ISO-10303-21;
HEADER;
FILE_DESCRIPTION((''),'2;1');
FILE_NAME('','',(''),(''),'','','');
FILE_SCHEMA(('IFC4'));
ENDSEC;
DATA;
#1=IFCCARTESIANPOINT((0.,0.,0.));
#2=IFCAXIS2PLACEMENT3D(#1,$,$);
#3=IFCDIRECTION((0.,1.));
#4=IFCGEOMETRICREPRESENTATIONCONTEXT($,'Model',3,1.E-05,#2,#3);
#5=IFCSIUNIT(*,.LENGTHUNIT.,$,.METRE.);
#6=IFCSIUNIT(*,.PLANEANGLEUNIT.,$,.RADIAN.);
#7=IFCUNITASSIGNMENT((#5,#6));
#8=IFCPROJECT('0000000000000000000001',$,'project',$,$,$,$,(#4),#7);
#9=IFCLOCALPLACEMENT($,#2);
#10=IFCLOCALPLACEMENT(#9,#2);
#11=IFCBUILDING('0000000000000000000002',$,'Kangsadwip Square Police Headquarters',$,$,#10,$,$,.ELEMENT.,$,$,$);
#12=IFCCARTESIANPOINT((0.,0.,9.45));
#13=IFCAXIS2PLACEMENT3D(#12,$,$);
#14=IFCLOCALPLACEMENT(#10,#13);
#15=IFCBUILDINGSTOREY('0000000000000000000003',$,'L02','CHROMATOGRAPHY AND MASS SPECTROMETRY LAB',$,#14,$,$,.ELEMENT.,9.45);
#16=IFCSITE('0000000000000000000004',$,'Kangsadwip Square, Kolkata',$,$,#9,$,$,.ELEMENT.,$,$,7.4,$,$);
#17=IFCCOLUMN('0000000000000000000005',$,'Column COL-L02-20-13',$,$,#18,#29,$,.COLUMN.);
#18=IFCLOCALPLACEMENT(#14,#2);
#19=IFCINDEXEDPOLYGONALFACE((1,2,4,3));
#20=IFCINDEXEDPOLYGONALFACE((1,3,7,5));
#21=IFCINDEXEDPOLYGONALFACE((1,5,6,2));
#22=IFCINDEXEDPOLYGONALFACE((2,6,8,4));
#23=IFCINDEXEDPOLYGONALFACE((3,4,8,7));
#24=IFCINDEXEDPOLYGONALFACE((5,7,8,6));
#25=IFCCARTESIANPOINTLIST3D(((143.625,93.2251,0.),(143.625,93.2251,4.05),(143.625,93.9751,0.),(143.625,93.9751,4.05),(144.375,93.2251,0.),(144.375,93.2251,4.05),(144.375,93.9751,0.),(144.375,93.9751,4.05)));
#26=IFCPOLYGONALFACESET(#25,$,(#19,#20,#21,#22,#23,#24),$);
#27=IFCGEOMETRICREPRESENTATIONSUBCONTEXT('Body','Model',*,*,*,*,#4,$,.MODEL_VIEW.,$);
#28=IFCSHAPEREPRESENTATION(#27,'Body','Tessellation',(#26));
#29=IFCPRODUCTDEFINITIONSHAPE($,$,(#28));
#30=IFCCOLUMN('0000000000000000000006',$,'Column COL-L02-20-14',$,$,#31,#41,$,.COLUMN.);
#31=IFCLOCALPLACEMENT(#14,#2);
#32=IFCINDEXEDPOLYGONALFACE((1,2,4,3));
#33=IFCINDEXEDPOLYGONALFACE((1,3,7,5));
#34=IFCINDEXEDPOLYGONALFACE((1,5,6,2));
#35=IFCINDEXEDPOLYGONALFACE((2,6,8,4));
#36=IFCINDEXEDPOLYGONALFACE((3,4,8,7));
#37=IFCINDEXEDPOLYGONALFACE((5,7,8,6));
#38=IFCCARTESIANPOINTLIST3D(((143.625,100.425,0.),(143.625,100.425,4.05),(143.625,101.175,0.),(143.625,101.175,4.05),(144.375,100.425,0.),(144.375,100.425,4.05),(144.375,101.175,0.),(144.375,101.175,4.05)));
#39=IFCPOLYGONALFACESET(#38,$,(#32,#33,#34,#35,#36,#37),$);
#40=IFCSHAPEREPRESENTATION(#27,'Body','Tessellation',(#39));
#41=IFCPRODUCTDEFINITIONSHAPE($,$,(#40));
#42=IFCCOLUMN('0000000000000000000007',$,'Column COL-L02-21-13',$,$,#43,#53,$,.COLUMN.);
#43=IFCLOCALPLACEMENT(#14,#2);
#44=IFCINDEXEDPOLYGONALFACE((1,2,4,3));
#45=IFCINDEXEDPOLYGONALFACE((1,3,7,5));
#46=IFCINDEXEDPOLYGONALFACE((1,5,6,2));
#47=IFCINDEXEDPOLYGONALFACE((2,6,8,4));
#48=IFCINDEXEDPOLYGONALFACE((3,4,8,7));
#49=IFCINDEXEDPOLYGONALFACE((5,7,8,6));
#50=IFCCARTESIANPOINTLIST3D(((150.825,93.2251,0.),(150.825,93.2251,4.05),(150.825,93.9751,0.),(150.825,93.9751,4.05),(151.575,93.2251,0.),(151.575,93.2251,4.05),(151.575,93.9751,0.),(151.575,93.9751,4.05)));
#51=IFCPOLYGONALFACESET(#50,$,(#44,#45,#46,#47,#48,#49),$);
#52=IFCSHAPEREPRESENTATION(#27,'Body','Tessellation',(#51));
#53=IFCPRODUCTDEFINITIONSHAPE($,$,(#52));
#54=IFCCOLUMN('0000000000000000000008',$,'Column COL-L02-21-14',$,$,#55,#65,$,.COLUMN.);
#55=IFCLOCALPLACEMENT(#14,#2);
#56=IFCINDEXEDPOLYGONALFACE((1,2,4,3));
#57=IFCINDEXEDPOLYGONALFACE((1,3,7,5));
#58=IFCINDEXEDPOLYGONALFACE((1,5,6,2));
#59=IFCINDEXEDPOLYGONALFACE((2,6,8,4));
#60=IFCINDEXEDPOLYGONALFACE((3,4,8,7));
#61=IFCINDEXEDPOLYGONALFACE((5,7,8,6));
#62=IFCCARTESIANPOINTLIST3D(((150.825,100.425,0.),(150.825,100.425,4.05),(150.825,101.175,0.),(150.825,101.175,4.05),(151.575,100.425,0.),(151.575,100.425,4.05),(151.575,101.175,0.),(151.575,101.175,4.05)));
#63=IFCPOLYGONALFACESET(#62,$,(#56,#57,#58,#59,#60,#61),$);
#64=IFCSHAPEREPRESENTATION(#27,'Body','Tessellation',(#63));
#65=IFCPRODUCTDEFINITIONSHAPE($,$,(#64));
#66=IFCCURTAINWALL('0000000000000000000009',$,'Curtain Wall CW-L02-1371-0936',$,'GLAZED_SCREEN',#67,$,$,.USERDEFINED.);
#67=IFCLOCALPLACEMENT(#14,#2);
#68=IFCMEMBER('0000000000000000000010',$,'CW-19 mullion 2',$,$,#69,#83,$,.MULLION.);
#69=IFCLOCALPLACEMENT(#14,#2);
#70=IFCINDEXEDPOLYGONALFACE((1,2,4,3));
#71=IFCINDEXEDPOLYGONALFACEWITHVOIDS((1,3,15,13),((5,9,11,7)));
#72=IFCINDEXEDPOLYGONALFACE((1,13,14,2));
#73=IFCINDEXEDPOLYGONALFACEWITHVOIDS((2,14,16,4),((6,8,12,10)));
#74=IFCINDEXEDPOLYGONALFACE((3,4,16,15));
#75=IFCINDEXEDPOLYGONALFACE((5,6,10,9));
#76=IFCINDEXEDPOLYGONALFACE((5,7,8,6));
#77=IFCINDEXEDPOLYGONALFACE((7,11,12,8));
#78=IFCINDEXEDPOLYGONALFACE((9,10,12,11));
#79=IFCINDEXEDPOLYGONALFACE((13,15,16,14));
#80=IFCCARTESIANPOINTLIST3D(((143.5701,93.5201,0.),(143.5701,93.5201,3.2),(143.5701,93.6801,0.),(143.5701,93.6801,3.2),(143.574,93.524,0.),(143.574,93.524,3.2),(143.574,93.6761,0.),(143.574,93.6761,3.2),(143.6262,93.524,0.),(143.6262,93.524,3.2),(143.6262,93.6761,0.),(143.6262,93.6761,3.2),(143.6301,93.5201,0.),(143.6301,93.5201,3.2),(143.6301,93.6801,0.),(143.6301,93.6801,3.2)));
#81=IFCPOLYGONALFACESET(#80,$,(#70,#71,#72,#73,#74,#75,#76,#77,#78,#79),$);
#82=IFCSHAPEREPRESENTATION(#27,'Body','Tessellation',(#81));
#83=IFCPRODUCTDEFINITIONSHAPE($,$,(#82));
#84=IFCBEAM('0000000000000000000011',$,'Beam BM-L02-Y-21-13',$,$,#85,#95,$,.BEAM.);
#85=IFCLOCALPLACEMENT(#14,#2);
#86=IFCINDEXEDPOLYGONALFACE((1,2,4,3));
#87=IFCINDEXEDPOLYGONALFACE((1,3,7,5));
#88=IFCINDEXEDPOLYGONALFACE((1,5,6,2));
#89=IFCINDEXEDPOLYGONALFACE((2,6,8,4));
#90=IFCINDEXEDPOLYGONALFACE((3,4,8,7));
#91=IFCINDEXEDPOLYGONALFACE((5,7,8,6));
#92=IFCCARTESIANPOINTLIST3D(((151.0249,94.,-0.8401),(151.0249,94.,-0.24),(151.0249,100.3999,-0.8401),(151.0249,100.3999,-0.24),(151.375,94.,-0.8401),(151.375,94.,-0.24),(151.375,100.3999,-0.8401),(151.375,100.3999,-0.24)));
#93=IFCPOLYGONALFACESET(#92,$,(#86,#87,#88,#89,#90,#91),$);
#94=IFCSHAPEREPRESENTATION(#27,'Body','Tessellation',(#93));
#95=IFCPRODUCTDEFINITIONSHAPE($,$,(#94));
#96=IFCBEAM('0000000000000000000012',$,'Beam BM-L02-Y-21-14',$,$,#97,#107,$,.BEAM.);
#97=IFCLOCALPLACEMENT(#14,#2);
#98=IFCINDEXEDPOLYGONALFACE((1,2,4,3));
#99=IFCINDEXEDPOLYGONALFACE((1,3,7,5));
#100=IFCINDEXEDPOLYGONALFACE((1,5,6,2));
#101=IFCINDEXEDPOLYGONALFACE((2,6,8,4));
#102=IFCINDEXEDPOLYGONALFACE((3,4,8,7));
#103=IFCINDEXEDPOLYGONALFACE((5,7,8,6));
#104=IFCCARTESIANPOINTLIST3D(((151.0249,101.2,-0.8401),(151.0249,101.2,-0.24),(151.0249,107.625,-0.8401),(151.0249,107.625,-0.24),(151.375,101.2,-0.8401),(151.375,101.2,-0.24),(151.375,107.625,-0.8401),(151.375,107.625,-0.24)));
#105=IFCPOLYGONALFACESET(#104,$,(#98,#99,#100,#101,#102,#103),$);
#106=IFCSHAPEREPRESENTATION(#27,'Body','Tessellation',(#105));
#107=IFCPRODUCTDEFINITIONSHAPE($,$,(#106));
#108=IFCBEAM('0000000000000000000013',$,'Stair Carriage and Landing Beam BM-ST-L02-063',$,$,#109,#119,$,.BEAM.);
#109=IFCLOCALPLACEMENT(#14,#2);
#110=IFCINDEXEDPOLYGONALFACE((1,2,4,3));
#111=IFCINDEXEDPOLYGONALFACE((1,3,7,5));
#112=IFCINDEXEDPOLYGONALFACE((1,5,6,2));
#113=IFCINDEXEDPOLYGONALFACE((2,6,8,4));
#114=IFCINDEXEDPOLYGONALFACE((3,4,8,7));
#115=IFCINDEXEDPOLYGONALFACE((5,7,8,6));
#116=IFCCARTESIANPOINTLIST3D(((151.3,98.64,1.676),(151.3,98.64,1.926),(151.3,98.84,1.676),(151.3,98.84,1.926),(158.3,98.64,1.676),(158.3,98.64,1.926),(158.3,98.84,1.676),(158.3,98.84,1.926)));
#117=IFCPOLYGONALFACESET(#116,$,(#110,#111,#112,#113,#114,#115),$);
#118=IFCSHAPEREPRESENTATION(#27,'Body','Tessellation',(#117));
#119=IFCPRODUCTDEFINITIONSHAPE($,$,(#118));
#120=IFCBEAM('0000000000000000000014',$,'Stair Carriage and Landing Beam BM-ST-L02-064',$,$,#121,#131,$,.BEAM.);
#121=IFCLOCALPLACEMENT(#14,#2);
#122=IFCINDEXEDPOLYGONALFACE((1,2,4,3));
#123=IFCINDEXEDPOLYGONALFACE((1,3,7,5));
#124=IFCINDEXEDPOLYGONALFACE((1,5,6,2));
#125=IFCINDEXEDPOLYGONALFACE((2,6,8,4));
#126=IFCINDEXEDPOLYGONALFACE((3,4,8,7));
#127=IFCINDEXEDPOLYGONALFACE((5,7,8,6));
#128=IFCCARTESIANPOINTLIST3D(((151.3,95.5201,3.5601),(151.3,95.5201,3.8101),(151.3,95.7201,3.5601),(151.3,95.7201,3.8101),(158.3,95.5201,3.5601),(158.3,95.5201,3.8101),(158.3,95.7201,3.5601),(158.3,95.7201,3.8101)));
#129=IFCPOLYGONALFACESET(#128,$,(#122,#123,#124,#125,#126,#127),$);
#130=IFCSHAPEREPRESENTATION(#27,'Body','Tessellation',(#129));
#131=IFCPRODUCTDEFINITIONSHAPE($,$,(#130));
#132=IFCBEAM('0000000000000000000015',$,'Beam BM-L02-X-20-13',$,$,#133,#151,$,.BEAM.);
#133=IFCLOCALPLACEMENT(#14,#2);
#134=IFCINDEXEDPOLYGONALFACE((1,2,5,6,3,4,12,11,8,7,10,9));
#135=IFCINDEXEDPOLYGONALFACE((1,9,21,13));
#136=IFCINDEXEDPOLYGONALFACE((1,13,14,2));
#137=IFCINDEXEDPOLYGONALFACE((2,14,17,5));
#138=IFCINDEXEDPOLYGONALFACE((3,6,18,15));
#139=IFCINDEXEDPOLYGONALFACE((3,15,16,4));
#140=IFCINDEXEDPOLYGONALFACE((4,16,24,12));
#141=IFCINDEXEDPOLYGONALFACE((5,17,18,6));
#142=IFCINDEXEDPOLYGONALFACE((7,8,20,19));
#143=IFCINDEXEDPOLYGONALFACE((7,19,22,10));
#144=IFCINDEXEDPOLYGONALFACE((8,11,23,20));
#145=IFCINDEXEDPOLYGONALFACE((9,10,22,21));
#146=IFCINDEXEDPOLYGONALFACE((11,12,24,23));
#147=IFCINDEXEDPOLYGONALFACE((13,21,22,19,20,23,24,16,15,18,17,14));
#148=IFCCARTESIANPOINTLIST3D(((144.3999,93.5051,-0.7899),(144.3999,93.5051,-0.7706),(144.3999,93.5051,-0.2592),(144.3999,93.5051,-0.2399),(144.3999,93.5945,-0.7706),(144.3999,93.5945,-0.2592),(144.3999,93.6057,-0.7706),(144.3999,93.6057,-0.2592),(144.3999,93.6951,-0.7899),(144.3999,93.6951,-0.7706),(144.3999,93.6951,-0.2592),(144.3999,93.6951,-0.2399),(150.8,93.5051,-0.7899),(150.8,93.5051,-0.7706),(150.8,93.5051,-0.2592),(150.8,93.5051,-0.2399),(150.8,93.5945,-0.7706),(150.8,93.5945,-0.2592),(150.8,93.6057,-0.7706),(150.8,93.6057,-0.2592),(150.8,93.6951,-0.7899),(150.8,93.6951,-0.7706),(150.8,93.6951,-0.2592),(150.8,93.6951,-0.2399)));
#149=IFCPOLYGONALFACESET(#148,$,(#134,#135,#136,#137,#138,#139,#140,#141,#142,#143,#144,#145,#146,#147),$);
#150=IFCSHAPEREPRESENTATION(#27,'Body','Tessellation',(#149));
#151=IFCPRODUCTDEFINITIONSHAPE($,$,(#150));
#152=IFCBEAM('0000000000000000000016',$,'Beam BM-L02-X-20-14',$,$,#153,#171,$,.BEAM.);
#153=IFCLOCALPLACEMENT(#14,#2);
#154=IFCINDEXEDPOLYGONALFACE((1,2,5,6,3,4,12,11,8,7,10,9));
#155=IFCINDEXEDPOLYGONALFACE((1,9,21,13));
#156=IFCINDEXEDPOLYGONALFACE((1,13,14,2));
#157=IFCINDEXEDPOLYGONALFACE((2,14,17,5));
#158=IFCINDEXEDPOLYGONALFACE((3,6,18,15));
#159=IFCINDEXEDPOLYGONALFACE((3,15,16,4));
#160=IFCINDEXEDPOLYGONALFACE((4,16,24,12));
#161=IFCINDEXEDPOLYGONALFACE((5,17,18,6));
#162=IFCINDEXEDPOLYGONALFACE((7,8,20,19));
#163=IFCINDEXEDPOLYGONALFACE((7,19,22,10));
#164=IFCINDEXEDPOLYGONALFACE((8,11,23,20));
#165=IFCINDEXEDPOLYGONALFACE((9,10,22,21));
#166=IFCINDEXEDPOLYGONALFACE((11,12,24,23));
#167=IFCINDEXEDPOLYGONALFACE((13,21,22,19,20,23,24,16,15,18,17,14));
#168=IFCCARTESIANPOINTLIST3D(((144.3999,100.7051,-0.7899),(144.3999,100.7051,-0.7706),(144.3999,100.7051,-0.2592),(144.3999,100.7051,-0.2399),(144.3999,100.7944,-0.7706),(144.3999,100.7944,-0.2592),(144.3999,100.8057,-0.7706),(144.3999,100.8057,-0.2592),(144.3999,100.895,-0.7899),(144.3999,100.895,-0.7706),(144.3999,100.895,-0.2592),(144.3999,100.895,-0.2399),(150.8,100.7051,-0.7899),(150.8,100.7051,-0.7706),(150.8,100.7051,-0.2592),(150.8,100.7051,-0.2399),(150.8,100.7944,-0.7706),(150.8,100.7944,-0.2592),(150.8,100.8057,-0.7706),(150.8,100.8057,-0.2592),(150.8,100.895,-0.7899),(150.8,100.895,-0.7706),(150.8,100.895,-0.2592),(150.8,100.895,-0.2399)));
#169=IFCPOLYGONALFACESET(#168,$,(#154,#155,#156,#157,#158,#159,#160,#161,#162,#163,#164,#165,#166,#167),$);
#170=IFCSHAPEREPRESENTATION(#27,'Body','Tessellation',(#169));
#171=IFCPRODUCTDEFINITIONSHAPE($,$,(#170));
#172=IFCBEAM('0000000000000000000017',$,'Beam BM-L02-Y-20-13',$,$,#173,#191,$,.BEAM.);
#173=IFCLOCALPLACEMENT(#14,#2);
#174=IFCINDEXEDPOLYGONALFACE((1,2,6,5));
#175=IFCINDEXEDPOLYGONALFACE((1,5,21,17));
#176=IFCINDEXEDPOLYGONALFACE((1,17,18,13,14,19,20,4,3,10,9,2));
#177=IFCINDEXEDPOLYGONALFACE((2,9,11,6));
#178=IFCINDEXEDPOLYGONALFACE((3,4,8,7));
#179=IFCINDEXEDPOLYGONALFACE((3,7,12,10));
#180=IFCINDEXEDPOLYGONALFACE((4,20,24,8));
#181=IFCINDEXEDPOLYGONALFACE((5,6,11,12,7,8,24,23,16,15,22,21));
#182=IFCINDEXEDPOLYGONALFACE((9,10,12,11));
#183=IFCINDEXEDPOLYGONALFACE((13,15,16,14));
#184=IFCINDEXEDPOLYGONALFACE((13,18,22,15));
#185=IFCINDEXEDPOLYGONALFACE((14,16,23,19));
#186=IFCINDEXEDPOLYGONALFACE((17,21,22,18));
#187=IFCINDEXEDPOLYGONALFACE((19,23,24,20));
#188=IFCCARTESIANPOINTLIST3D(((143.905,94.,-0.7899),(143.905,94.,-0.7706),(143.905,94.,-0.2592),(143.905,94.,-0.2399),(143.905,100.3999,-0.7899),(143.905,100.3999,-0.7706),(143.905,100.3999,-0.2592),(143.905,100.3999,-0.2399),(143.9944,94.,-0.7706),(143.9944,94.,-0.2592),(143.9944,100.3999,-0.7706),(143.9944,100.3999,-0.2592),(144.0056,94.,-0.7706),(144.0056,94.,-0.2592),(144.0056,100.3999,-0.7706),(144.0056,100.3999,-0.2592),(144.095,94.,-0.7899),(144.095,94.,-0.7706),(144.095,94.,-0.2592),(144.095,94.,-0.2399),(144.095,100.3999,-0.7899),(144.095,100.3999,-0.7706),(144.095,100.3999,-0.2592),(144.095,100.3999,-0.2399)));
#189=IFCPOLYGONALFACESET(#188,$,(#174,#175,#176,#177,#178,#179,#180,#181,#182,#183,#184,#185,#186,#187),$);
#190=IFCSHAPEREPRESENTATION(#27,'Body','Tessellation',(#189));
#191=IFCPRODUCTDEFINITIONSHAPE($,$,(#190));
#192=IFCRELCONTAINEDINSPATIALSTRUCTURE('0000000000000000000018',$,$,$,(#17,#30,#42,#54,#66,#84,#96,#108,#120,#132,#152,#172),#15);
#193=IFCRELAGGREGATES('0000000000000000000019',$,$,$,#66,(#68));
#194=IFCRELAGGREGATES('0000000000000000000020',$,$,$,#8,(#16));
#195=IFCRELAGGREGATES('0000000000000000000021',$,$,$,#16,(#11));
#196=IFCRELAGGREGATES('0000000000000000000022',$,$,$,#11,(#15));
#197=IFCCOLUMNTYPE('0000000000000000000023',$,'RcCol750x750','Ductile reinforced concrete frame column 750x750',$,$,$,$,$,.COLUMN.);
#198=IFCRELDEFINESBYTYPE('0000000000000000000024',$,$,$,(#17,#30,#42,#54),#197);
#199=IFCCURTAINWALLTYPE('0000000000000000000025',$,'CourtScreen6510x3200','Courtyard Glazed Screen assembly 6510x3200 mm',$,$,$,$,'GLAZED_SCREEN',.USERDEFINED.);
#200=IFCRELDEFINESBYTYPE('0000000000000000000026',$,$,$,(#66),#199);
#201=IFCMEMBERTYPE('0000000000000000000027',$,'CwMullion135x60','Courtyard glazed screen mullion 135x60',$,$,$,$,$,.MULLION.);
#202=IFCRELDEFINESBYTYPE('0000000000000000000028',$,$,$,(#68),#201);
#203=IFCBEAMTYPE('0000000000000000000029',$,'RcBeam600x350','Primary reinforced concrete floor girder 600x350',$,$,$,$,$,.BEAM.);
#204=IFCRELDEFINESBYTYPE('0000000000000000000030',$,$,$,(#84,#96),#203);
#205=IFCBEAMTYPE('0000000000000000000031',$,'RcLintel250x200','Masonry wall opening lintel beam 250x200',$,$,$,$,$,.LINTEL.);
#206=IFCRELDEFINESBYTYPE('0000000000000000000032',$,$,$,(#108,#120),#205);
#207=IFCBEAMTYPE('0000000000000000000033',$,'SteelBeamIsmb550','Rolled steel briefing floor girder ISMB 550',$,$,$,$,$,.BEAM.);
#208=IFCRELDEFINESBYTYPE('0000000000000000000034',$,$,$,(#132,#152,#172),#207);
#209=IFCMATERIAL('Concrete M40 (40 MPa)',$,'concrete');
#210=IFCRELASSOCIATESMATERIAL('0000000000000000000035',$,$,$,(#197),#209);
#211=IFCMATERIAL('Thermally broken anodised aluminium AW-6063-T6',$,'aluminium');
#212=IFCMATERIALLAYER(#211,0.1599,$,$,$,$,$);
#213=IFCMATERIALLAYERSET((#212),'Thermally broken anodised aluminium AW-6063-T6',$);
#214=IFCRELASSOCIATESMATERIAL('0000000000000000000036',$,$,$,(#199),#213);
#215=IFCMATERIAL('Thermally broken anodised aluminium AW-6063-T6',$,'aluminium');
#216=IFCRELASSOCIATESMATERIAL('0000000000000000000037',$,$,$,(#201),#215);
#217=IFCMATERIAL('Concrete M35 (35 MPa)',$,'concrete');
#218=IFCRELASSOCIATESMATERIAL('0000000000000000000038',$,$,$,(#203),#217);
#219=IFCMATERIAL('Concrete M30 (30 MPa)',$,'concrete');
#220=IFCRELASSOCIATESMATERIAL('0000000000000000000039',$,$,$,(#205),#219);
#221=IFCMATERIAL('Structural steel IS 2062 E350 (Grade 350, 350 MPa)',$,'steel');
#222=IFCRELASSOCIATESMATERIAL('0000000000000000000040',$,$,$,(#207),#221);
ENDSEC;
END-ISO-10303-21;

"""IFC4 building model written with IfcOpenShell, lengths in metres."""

from ifc_helpers import new_model, si_unit, direction, frame, origin, origin_2d, place, context, subcontext, project, spatial, rectangle, hollow_rectangle, i_section, extrude, material, layer, layer_set, material_profile, profile_set, type_object, element, aggregate, save


model = new_model("IFC4")

# Units and contexts
model_context = context("Model", 3, precision=1e-05, world=origin(), true_north=direction((0.0, 1.0)))
body_context = subcontext(model_context, "Body", "Model", "MODEL_VIEW")
ifc_project = project(units=[si_unit("LENGTHUNIT", "METRE"), si_unit("PLANEANGLEUNIT", "RADIAN")], contexts=[model_context])

# Site, building, storey
site_placement = place(None, origin())
site = spatial("IfcSite", under=ifc_project, at=site_placement, Name="Kangsadwip Square, Kolkata", CompositionType="ELEMENT", RefElevation=7.4)
building_placement = place(site_placement, origin())
building = spatial("IfcBuilding", under=site, at=building_placement, Name="Kangsadwip Square Police Headquarters", CompositionType="ELEMENT")
storey_placement = place(building_placement, frame((0.0, 0.0, 9.45)))
storey = spatial("IfcBuildingStorey", under=building, at=storey_placement, Name="L02", Description="CHROMATOGRAPHY AND MASS SPECTROMETRY LAB", CompositionType="ELEMENT", Elevation=9.45)

# Columns
ifc_material_1 = material(Name="Concrete M40 (40 MPa)", Category="concrete")
ifc_material_profile_1 = material_profile(ifc_material_1, rectangle(XDim=0.75, YDim=0.75, at=origin_2d()), Name="RC COL 750X750")
ifc_profile_set_1 = profile_set([ifc_material_profile_1], Name="Concrete M40 (40 MPa)")
column_type = type_object("IfcColumnType", Name="RcCol750x750", Description="Ductile reinforced concrete frame column 750x750", PredefinedType="COLUMN", material=ifc_profile_set_1)
for number, where, z_axis, x_axis, name in (
    (1, (144.0, 93.6001, 0.0), (0.0, 0.0, 1.0), (1.0, 0.0, 0.0), "Column COL-L02-20-13"),
    (2, (144.0, 100.8, 0.0), (0.0, 0.0, 1.0), (1.0, 0.0, 0.0), "Column COL-L02-20-14"),
    (3, (151.2, 93.6001, 0.0), (0.0, 0.0, 1.0), (1.0, 0.0, 0.0), "Column COL-L02-21-13"),
    (4, (151.2, 100.8, 0.0), (0.0, 0.0, 1.0), (1.0, 0.0, 0.0), "Column COL-L02-21-14"),
):
    element("IfcColumn", number, at=place(storey_placement, frame(where, z_axis=z_axis, x_axis=x_axis)), inside=storey, type_object=column_type, Name=name, PredefinedType="COLUMN", context=body_context, shape_type="SweptSolid", body=[
        extrude(rectangle(XDim=0.75, YDim=0.75, at=origin_2d()), origin(), (0.0, 0.0, 1.0), 4.05),
    ])

# Curtain wall, member
ifc_material_2 = material(Name="Thermally broken anodised aluminium AW-6063-T6", Category="aluminium")
ifc_layer_1 = layer(ifc_material_2, 0.1599)
ifc_layer_set_1 = layer_set([ifc_layer_1], Name="Thermally broken anodised aluminium AW-6063-T6")
curtain_wall_type = type_object("IfcCurtainWallType", Name="CourtScreen6510x3200", Description="Courtyard Glazed Screen assembly 6510x3200 mm", ElementType="GLAZED_SCREEN", PredefinedType="USERDEFINED", material=ifc_layer_set_1)
curtain_wall_placement = place(storey_placement, origin())
curtain_wall = element("IfcCurtainWall", 5, at=curtain_wall_placement, inside=storey, type_object=curtain_wall_type, Name="Curtain Wall CW-L02-1371-0936", ObjectType="GLAZED_SCREEN", PredefinedType="USERDEFINED")
ifc_material_3 = material(Name="Thermally broken anodised aluminium AW-6063-T6", Category="aluminium")
ifc_material_profile_2 = material_profile(ifc_material_3, hollow_rectangle(XDim=0.0601, YDim=0.1599, WallThickness=0.0039, at=origin_2d()), Name="CWM 160X60X4")
ifc_profile_set_2 = profile_set([ifc_material_profile_2], Name="Thermally broken anodised aluminium AW-6063-T6")
member_type = type_object("IfcMemberType", Name="CwMullion135x60", Description="Courtyard glazed screen mullion 135x60", PredefinedType="MULLION", material=ifc_profile_set_2)
member_placement = place(storey_placement, frame((143.6001, 93.6001, 0.0), z_axis=(0.0, 0.0, 1.0), x_axis=(1.0, 0.0, 0.0)))
member = element("IfcMember", 6, at=member_placement, type_object=member_type, Name="CW-19 mullion 2", PredefinedType="MULLION", context=body_context, shape_type="SweptSolid", body=[
    extrude(hollow_rectangle(XDim=0.0601, YDim=0.1599, WallThickness=0.0039, at=origin_2d()), origin(), (0.0, 0.0, 1.0), 3.2),
])

# Beams
ifc_material_4 = material(Name="Concrete M35 (35 MPa)", Category="concrete")
ifc_material_profile_3 = material_profile(ifc_material_4, rectangle(XDim=0.3501, YDim=0.6001, at=origin_2d()), Name="RC BM 600X350")
ifc_profile_set_3 = profile_set([ifc_material_profile_3], Name="Concrete M35 (35 MPa)")
beam_type_1 = type_object("IfcBeamType", Name="RcBeam600x350", Description="Primary reinforced concrete floor girder 600x350", PredefinedType="BEAM", material=ifc_profile_set_3)
beam_1_placement = place(storey_placement, frame((151.2, 94.0, -0.54), z_axis=(0.0, 1.0, 0.0), x_axis=(-1.0, 0.0, 0.0)))
element("IfcBeam", 7, at=beam_1_placement, inside=storey, type_object=beam_type_1, Name="Beam BM-L02-Y-21-13", PredefinedType="BEAM", context=body_context, shape_type="SweptSolid", body=[
    extrude(rectangle(XDim=0.3501, YDim=0.6001, at=origin_2d()), origin(), (0.0, 0.0, 1.0), 6.3999),
])
beam_2_placement = place(storey_placement, frame((151.2, 101.2, -0.54), z_axis=(0.0, 1.0, 0.0), x_axis=(-1.0, 0.0, 0.0)))
element("IfcBeam", 8, at=beam_2_placement, inside=storey, type_object=beam_type_1, Name="Beam BM-L02-Y-21-14", PredefinedType="BEAM", context=body_context, shape_type="SweptSolid", body=[
    extrude(rectangle(XDim=0.3501, YDim=0.6001, at=origin_2d()), origin(), (0.0, 0.0, 1.0), 6.425),
])
ifc_material_5 = material(Name="Concrete M30 (30 MPa)", Category="concrete")
ifc_material_profile_4 = material_profile(ifc_material_5, rectangle(XDim=0.2, YDim=0.25, at=origin_2d()), Name="RC LNT 250X200")
ifc_profile_set_4 = profile_set([ifc_material_profile_4], Name="Concrete M30 (30 MPa)")
beam_type_2 = type_object("IfcBeamType", Name="RcLintel250x200", Description="Masonry wall opening lintel beam 250x200", PredefinedType="LINTEL", material=ifc_profile_set_4)
for number, where, z_axis, x_axis, name in (
    (9, (151.3, 98.74, 1.801), (1.0, 0.0, 0.0), (0.0, 1.0, 0.0), "Stair Carriage and Landing Beam BM-ST-L02-063"),
    (10, (151.3, 95.6201, 3.6851), (1.0, 0.0, 0.0), (0.0, 1.0, 0.0), "Stair Carriage and Landing Beam BM-ST-L02-064"),
):
    element("IfcBeam", number, at=place(storey_placement, frame(where, z_axis=z_axis, x_axis=x_axis)), inside=storey, type_object=beam_type_2, Name=name, PredefinedType="BEAM", context=body_context, shape_type="SweptSolid", body=[
        extrude(rectangle(XDim=0.2, YDim=0.25, at=origin_2d()), origin(), (0.0, 0.0, 1.0), 7.0),
    ])
ifc_material_6 = material(Name="Structural steel IS 2062 E350 (Grade 350, 350 MPa)", Category="steel")
ifc_material_profile_5 = material_profile(ifc_material_6, i_section(OverallWidth=0.1899, OverallDepth=0.55, WebThickness=0.0112, FlangeThickness=0.0193, at=origin_2d()), Name="ISMB 550")
ifc_profile_set_5 = profile_set([ifc_material_profile_5], Name="Structural steel IS 2062 E350 (Grade 350, 350 MPa)")
beam_type_3 = type_object("IfcBeamType", Name="SteelBeamIsmb550", Description="Rolled steel briefing floor girder ISMB 550", PredefinedType="BEAM", material=ifc_profile_set_5)
for number, where, z_axis, x_axis, name in (
    (11, (144.3999, 93.6001, -0.5149), (1.0, 0.0, 0.0), (0.0, 1.0, 0.0), "Beam BM-L02-X-20-13"),
    (12, (144.3999, 100.8, -0.5149), (1.0, 0.0, 0.0), (0.0, 1.0, 0.0), "Beam BM-L02-X-20-14"),
):
    element("IfcBeam", number, at=place(storey_placement, frame(where, z_axis=z_axis, x_axis=x_axis)), inside=storey, type_object=beam_type_3, Name=name, PredefinedType="BEAM", context=body_context, shape_type="SweptSolid", body=[
        extrude(i_section(OverallWidth=0.1899, OverallDepth=0.55, WebThickness=0.0112, FlangeThickness=0.0193, at=origin_2d()), origin(), (0.0, 0.0, 1.0), 6.4001),
    ])
beam_3_placement = place(storey_placement, frame((144.0, 94.0, -0.5149), z_axis=(0.0, 1.0, 0.0), x_axis=(-1.0, 0.0, 0.0)))
element("IfcBeam", 13, at=beam_3_placement, inside=storey, type_object=beam_type_3, Name="Beam BM-L02-Y-20-13", PredefinedType="BEAM", context=body_context, shape_type="SweptSolid", body=[
    extrude(i_section(OverallWidth=0.1899, OverallDepth=0.55, WebThickness=0.0112, FlangeThickness=0.0193, at=origin_2d()), origin(), (0.0, 0.0, 1.0), 6.3999),
])

aggregate(curtain_wall, [member])

save(model, "model.ifc")
